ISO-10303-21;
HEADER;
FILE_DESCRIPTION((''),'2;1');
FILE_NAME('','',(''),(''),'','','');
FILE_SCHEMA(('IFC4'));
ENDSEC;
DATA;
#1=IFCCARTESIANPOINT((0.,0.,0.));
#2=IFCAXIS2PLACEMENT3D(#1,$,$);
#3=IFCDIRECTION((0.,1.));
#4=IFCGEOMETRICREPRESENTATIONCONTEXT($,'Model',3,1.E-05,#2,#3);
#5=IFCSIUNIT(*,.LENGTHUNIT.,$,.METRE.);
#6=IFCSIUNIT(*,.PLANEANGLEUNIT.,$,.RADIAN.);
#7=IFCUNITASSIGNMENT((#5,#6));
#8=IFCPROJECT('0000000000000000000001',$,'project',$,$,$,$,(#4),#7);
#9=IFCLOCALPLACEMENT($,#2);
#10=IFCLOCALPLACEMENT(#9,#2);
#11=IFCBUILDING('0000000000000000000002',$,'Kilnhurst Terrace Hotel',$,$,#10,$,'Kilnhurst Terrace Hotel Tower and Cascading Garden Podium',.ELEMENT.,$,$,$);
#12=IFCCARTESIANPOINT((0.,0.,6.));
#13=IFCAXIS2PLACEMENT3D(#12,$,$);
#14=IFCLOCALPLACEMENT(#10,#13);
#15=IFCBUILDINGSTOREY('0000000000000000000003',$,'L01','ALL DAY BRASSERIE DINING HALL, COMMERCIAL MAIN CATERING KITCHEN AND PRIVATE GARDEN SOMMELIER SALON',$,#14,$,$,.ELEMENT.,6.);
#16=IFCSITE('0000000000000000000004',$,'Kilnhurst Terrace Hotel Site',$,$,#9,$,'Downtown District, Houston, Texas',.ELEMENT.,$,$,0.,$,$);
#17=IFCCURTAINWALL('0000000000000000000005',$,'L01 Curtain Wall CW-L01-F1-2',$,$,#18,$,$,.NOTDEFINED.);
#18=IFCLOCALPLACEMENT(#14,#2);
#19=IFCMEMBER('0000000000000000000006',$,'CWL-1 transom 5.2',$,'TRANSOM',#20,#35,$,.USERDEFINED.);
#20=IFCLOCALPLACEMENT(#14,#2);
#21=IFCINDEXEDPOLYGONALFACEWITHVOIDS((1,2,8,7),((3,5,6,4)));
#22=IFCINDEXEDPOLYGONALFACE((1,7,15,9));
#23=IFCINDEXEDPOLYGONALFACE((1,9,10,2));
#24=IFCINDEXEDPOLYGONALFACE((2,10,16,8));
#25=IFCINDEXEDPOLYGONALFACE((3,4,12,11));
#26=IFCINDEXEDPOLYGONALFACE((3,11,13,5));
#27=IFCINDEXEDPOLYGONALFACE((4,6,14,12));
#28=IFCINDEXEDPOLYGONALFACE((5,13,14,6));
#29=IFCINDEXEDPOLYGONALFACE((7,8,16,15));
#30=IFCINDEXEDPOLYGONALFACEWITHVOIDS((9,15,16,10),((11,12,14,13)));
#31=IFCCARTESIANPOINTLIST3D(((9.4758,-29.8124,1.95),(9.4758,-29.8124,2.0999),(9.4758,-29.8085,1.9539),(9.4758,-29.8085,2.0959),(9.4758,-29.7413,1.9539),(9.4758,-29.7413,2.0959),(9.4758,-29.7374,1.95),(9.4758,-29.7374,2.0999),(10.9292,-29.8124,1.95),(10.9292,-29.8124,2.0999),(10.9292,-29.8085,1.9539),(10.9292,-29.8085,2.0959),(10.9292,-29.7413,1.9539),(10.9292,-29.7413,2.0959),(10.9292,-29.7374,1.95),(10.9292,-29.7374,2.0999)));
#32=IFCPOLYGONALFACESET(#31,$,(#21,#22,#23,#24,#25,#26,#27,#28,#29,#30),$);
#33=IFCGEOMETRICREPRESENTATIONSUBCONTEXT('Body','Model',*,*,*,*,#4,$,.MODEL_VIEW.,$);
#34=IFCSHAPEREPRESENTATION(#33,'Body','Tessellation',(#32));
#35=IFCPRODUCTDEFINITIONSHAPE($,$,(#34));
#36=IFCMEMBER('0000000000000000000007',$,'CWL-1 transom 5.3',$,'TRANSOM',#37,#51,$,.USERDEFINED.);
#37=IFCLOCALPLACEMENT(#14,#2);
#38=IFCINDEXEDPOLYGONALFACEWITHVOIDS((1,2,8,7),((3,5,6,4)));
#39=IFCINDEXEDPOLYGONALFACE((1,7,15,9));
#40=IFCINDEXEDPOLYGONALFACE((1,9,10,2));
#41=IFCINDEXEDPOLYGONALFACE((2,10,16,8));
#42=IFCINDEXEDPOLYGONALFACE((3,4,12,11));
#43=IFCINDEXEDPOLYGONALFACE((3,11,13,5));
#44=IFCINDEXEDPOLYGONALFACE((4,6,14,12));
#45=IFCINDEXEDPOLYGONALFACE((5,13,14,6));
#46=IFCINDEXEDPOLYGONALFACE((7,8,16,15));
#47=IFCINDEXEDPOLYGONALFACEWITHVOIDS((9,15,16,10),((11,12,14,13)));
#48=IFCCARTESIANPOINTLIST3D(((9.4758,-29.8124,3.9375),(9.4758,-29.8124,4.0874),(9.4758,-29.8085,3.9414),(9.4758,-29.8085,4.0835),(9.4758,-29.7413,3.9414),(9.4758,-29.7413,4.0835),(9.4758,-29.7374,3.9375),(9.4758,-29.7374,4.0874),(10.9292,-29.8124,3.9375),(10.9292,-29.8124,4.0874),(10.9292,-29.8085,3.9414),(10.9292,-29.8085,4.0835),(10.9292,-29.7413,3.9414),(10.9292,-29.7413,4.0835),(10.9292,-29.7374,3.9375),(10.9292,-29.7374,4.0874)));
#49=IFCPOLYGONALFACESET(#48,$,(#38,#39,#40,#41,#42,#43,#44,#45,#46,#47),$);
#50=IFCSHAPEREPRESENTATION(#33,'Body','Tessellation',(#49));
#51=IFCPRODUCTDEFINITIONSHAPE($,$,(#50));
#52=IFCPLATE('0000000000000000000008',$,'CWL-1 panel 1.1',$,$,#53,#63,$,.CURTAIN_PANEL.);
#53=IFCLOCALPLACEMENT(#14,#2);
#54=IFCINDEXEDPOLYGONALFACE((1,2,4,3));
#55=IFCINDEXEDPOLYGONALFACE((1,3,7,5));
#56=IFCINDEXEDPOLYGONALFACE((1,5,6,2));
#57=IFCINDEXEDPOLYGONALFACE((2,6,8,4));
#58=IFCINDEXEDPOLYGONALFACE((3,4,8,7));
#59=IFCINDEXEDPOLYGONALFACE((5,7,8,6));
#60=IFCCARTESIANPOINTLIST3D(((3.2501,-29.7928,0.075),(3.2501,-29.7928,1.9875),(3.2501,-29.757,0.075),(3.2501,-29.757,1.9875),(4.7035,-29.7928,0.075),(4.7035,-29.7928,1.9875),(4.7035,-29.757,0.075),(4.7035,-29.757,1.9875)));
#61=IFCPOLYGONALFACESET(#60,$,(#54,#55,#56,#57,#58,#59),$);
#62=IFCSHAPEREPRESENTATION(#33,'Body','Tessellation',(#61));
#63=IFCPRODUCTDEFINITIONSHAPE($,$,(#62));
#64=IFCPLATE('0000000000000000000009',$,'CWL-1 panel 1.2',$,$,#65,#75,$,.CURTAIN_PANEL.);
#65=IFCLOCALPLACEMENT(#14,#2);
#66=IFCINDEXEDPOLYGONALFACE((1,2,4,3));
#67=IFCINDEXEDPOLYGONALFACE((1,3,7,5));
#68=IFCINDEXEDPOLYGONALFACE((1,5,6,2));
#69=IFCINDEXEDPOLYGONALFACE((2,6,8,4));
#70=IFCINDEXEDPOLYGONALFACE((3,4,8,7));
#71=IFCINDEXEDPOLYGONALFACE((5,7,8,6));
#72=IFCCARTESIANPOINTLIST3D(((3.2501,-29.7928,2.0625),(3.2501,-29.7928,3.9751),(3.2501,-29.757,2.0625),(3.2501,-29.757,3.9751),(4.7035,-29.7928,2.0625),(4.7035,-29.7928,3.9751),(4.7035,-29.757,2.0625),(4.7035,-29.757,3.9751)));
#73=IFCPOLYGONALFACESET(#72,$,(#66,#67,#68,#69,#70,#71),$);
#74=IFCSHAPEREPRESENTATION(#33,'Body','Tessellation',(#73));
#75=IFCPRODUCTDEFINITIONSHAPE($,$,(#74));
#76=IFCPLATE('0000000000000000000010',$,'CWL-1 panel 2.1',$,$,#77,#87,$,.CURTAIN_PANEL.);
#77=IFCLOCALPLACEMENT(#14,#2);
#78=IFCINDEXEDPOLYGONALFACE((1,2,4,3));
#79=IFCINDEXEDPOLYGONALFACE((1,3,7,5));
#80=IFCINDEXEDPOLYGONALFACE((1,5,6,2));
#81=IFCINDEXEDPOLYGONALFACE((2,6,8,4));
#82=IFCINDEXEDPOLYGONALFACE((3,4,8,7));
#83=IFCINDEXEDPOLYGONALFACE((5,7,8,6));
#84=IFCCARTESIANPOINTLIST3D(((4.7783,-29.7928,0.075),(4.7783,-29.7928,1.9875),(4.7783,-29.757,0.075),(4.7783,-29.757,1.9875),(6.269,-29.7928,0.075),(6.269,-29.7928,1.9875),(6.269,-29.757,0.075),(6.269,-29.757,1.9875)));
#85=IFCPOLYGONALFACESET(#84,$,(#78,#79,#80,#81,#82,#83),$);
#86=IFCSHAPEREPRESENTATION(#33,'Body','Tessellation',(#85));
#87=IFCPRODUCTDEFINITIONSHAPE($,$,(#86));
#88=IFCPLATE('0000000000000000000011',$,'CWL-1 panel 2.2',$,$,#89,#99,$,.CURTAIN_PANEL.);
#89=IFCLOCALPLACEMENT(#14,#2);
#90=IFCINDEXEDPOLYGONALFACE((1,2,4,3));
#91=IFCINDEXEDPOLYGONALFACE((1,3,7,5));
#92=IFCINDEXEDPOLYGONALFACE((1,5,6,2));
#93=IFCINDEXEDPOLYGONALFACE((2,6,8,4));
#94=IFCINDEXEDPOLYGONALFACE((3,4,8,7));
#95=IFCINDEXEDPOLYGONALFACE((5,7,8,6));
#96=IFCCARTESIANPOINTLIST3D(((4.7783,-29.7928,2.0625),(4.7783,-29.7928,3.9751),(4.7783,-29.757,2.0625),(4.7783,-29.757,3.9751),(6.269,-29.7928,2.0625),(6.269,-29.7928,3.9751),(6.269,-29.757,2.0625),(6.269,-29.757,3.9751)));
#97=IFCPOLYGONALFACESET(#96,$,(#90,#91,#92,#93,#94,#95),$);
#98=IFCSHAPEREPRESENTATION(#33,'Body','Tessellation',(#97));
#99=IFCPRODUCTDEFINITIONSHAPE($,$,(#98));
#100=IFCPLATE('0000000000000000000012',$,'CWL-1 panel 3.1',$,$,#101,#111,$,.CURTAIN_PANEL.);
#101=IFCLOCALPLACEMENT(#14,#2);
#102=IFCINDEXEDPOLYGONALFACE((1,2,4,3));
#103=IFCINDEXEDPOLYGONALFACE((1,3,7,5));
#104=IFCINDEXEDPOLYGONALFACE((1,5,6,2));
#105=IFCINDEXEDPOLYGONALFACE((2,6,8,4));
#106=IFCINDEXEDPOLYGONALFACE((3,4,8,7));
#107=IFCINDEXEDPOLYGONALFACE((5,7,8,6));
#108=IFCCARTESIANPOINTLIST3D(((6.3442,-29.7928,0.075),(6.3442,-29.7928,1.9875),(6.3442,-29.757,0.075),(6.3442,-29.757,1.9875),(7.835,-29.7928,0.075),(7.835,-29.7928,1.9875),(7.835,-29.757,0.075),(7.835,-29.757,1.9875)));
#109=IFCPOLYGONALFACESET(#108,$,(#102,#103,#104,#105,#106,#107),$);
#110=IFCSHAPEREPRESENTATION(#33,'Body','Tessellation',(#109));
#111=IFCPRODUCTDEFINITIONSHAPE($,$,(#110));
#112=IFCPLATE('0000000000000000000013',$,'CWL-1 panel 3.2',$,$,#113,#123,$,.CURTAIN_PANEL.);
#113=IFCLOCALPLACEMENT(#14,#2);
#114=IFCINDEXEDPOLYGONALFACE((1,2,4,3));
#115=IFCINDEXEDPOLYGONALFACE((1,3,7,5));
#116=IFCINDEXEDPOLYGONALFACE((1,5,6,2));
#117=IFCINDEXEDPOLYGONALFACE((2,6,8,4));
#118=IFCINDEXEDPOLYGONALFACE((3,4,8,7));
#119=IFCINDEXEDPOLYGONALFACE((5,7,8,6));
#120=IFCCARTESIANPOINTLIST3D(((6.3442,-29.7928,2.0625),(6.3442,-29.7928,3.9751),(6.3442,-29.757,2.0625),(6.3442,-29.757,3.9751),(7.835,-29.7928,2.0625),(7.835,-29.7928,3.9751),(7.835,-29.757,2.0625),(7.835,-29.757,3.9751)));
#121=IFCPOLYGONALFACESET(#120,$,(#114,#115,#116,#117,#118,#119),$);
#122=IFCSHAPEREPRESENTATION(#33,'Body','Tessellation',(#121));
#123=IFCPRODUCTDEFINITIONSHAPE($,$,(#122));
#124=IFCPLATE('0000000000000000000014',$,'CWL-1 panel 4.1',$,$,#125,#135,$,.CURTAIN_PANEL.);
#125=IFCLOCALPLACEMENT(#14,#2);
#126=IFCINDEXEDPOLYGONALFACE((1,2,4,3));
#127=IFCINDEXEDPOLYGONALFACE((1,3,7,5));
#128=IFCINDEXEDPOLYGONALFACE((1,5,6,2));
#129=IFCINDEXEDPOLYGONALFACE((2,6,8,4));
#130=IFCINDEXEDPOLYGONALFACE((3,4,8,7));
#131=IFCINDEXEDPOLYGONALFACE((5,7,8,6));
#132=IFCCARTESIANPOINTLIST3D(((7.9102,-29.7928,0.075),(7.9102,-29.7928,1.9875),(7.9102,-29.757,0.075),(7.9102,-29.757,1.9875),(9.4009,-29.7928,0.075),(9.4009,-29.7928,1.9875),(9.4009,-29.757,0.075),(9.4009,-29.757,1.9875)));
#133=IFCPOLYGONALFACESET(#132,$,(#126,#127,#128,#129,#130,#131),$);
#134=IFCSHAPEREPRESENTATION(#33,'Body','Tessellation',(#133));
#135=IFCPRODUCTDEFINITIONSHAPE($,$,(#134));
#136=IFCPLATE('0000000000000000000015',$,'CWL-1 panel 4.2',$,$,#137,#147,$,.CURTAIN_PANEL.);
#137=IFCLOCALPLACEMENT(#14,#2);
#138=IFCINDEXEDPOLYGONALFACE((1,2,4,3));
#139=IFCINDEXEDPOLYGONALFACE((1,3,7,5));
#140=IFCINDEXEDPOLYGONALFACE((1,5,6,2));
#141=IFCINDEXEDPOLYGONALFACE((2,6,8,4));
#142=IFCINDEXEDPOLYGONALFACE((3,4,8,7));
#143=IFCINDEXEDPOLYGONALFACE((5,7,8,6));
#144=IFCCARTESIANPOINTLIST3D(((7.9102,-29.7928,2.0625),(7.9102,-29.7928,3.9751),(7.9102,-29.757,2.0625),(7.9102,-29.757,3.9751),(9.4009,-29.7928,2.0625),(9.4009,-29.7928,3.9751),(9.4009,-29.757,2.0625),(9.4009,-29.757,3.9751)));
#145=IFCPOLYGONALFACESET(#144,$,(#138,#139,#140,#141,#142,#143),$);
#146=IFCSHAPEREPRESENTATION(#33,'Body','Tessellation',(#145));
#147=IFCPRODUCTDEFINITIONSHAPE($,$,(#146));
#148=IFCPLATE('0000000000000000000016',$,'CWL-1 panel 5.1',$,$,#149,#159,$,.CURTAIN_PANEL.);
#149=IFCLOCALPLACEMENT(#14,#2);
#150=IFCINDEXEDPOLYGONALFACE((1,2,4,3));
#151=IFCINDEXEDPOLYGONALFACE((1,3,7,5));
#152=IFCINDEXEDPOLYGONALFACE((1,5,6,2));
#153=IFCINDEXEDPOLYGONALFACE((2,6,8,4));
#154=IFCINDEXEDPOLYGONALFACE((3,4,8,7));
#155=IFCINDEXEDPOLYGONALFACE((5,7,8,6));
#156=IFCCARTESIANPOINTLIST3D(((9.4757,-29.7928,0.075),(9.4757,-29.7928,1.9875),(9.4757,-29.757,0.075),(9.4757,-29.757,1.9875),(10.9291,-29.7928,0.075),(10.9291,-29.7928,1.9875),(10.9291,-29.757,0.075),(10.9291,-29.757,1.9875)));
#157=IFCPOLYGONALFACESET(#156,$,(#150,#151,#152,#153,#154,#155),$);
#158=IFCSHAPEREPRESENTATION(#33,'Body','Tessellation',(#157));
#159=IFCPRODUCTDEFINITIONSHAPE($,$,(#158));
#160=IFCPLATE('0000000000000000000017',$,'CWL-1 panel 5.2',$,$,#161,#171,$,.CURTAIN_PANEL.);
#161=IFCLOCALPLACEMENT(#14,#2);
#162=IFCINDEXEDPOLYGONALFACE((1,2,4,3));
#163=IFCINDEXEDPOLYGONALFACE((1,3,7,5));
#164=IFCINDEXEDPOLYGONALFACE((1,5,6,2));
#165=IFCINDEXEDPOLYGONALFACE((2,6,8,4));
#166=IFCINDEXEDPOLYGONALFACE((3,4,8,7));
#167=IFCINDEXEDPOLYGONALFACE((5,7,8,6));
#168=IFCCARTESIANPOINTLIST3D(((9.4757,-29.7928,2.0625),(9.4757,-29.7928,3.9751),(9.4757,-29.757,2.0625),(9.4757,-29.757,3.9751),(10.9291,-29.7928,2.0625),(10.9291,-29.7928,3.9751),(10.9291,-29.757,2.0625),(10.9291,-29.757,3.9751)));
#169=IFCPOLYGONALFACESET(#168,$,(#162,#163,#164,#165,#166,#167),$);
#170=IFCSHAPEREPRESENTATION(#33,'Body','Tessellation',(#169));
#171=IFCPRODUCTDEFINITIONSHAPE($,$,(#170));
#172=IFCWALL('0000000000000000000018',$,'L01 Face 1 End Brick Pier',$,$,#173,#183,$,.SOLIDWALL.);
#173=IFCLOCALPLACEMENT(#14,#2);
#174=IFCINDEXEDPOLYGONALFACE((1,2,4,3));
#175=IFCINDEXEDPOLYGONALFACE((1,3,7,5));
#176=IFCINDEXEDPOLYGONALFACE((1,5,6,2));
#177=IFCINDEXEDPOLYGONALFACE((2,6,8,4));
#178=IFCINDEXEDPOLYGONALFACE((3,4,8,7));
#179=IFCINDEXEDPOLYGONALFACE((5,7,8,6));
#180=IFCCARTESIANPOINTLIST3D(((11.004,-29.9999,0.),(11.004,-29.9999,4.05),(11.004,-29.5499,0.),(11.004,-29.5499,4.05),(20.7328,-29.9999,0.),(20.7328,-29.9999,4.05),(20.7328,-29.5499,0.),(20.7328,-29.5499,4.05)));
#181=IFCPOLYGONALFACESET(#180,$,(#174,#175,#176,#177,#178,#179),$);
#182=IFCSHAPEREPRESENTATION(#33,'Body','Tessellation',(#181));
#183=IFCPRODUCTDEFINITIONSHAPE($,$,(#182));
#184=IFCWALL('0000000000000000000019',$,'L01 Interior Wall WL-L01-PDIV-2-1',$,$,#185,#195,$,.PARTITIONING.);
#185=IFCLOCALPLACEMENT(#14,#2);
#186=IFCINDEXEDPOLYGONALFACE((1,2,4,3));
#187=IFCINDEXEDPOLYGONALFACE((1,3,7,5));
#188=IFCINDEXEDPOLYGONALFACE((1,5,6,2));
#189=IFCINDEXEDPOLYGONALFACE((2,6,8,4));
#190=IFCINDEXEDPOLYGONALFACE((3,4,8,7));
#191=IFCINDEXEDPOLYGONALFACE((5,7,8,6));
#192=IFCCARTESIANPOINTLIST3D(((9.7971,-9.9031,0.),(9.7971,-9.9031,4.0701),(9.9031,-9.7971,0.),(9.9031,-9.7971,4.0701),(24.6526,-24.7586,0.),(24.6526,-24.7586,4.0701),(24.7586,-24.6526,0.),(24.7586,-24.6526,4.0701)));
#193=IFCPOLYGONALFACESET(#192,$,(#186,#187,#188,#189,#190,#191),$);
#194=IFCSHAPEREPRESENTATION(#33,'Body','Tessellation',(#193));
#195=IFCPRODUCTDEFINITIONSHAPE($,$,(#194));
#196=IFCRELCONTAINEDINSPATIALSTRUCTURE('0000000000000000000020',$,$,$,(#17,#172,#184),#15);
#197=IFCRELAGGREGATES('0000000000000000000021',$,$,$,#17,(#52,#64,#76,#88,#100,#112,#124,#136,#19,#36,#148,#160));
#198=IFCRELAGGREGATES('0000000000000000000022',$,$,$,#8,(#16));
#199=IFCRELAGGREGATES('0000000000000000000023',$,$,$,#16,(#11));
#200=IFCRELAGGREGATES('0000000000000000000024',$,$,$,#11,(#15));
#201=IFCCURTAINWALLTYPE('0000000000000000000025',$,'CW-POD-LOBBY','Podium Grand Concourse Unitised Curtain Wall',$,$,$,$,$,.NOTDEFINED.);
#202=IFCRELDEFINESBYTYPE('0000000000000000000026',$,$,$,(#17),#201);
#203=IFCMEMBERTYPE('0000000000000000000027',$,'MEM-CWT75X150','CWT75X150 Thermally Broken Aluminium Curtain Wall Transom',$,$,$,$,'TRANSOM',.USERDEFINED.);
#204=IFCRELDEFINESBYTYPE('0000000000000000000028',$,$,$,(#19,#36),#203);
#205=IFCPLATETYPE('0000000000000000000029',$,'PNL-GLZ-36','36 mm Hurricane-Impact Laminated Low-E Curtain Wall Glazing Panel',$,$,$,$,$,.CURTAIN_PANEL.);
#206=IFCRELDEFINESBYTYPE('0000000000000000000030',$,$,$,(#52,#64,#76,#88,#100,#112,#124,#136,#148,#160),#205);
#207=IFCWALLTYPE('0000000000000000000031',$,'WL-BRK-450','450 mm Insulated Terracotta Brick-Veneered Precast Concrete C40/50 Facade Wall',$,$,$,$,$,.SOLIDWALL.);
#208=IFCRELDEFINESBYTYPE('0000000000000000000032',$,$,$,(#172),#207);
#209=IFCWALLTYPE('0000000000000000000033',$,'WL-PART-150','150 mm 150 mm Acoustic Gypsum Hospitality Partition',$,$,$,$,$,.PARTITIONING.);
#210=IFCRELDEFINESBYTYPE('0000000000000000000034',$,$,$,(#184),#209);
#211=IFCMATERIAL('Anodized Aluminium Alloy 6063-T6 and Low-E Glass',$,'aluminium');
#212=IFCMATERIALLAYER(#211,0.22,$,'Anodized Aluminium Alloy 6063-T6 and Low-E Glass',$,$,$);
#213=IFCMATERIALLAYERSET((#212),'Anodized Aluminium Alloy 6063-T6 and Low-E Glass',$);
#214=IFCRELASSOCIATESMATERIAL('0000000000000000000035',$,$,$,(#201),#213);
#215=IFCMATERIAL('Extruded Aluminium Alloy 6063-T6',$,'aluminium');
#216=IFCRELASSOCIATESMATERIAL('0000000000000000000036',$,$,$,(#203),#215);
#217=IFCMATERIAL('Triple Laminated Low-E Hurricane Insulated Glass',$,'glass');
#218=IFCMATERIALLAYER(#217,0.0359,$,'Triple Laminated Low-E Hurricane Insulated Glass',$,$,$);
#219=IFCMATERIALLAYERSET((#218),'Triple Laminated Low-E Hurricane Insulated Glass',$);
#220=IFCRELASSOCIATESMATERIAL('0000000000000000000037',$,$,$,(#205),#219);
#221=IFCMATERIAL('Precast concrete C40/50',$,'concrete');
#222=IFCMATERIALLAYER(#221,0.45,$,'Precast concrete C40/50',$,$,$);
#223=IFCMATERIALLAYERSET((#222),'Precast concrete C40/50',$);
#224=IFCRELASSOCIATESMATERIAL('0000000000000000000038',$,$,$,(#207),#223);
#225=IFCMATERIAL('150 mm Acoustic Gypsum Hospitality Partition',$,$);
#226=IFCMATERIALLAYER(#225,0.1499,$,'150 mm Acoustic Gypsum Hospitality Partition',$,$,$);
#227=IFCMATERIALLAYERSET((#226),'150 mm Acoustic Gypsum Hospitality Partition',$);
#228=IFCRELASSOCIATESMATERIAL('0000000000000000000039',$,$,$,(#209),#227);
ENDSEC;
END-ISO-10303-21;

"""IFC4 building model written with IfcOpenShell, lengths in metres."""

from ifc_helpers import new_model, si_unit, direction, frame, frame_2d, origin, origin_2d, place, context, subcontext, project, spatial, rectangle, hollow_rectangle, extrude, material, layer, layer_set, material_profile, profile_set, type_object, element, aggregate, save


model = new_model("IFC4")

# Units and contexts
model_context = context("Model", 3, precision=1e-05, world=origin(), true_north=direction((0.0, 1.0)))
body_context = subcontext(model_context, "Body", "Model", "MODEL_VIEW")
ifc_project = project(units=[si_unit("LENGTHUNIT", "METRE"), si_unit("PLANEANGLEUNIT", "RADIAN")], contexts=[model_context])

# Site, building, storey
site_placement = place(None, origin())
site = spatial("IfcSite", under=ifc_project, at=site_placement, Name="Kilnhurst Terrace Hotel Site", LongName="Downtown District, Houston, Texas", CompositionType="ELEMENT", RefElevation=0.0)
building_placement = place(site_placement, origin())
building = spatial("IfcBuilding", under=site, at=building_placement, Name="Kilnhurst Terrace Hotel", LongName="Kilnhurst Terrace Hotel Tower and Cascading Garden Podium", CompositionType="ELEMENT")
storey_placement = place(building_placement, frame((0.0, 0.0, 6.0)))
storey = spatial("IfcBuildingStorey", under=building, at=storey_placement, Name="L01", Description="ALL DAY BRASSERIE DINING HALL, COMMERCIAL MAIN CATERING KITCHEN AND PRIVATE GARDEN SOMMELIER SALON", CompositionType="ELEMENT", Elevation=6.0)

# Curtain wall, members, plates
ifc_material_1 = material(Name="Anodized Aluminium Alloy 6063-T6 and Low-E Glass", Category="aluminium")
ifc_layer_1 = layer(ifc_material_1, 0.22, Name="Anodized Aluminium Alloy 6063-T6 and Low-E Glass")
ifc_layer_set_1 = layer_set([ifc_layer_1], Name="Anodized Aluminium Alloy 6063-T6 and Low-E Glass")
curtain_wall_type = type_object("IfcCurtainWallType", Name="CW-POD-LOBBY", Description="Podium Grand Concourse Unitised Curtain Wall", PredefinedType="NOTDEFINED", material=ifc_layer_set_1)
curtain_wall_placement = place(storey_placement, origin())
curtain_wall = element("IfcCurtainWall", 1, at=curtain_wall_placement, inside=storey, type_object=curtain_wall_type, Name="L01 Curtain Wall CW-L01-F1-2", PredefinedType="NOTDEFINED")
ifc_material_2 = material(Name="Extruded Aluminium Alloy 6063-T6", Category="aluminium")
ifc_material_profile_1 = material_profile(ifc_material_2, hollow_rectangle(XDim=0.075, YDim=0.1499, WallThickness=0.0039, at=origin_2d()), Name="CWT75X150")
ifc_profile_set_1 = profile_set([ifc_material_profile_1], Name="Extruded Aluminium Alloy 6063-T6")
member_type_1 = type_object("IfcMemberType", Name="MEM-CWT75X150", Description="CWT75X150 Thermally Broken Aluminium Curtain Wall Transom", ElementType="TRANSOM", PredefinedType="USERDEFINED", material=ifc_profile_set_1)
member_1_placement = place(storey_placement, frame((9.4758, -29.7749, 2.0249), z_axis=(1.0, 0.0, 0.0), x_axis=(0.0, 1.0, 0.0)))
member_1 = element("IfcMember", 2, at=member_1_placement, type_object=member_type_1, Name="CWL-1 transom 5.2", ObjectType="TRANSOM", PredefinedType="USERDEFINED", context=body_context, shape_type="SweptSolid", body=[
    extrude(hollow_rectangle(XDim=0.075, YDim=0.1499, WallThickness=0.0039, at=origin_2d()), origin(), (0.0, 0.0, 1.0), 1.4534),
])
member_2_placement = place(storey_placement, frame((9.4758, -29.7749, 4.0125), z_axis=(1.0, 0.0, 0.0), x_axis=(0.0, 1.0, 0.0)))
member_2 = element("IfcMember", 3, at=member_2_placement, type_object=member_type_1, Name="CWL-1 transom 5.3", ObjectType="TRANSOM", PredefinedType="USERDEFINED", context=body_context, shape_type="SweptSolid", body=[
    extrude(hollow_rectangle(XDim=0.075, YDim=0.1499, WallThickness=0.0039, at=origin_2d()), origin(), (0.0, 0.0, 1.0), 1.4534),
])
ifc_material_3 = material(Name="Triple Laminated Low-E Hurricane Insulated Glass", Category="glass")
ifc_layer_2 = layer(ifc_material_3, 0.0359, Name="Triple Laminated Low-E Hurricane Insulated Glass")
ifc_layer_set_2 = layer_set([ifc_layer_2], Name="Triple Laminated Low-E Hurricane Insulated Glass")
plate_type = type_object("IfcPlateType", Name="PNL-GLZ-36", Description="36 mm Hurricane-Impact Laminated Low-E Curtain Wall Glazing Panel", PredefinedType="CURTAIN_PANEL", material=ifc_layer_set_2)
plate_1_placement = place(storey_placement, frame((3.9768, -29.7749, 0.075), z_axis=(0.0, 0.0, 1.0), x_axis=(1.0, 0.0, 0.0)))
plate_1 = element("IfcPlate", 4, at=plate_1_placement, type_object=plate_type, Name="CWL-1 panel 1.1", PredefinedType="CURTAIN_PANEL", context=body_context, shape_type="SweptSolid", body=[
    extrude(rectangle(XDim=1.4534, YDim=0.0359, at=origin_2d()), origin(), (0.0, 0.0, 1.0), 1.9126),
])
plate_2_placement = place(storey_placement, frame((3.9768, -29.7749, 2.0625), z_axis=(0.0, 0.0, 1.0), x_axis=(1.0, 0.0, 0.0)))
plate_2 = element("IfcPlate", 5, at=plate_2_placement, type_object=plate_type, Name="CWL-1 panel 1.2", PredefinedType="CURTAIN_PANEL", context=body_context, shape_type="SweptSolid", body=[
    extrude(rectangle(XDim=1.4534, YDim=0.0359, at=origin_2d()), origin(), (0.0, 0.0, 1.0), 1.9126),
])
plate_3_placement = place(storey_placement, frame((5.5237, -29.7749, 0.075), z_axis=(0.0, 0.0, 1.0), x_axis=(1.0, 0.0, 0.0)))
plate_3 = element("IfcPlate", 6, at=plate_3_placement, type_object=plate_type, Name="CWL-1 panel 2.1", PredefinedType="CURTAIN_PANEL", context=body_context, shape_type="SweptSolid", body=[
    extrude(rectangle(XDim=1.4907, YDim=0.0359, at=origin_2d()), origin(), (0.0, 0.0, 1.0), 1.9126),
])
plate_4_placement = place(storey_placement, frame((5.5237, -29.7749, 2.0625), z_axis=(0.0, 0.0, 1.0), x_axis=(1.0, 0.0, 0.0)))
plate_4 = element("IfcPlate", 7, at=plate_4_placement, type_object=plate_type, Name="CWL-1 panel 2.2", PredefinedType="CURTAIN_PANEL", context=body_context, shape_type="SweptSolid", body=[
    extrude(rectangle(XDim=1.4907, YDim=0.0359, at=origin_2d()), origin(), (0.0, 0.0, 1.0), 1.9126),
])
plate_5_placement = place(storey_placement, frame((7.0896, -29.7749, 0.075), z_axis=(0.0, 0.0, 1.0), x_axis=(1.0, 0.0, 0.0)))
plate_5 = element("IfcPlate", 8, at=plate_5_placement, type_object=plate_type, Name="CWL-1 panel 3.1", PredefinedType="CURTAIN_PANEL", context=body_context, shape_type="SweptSolid", body=[
    extrude(rectangle(XDim=1.4907, YDim=0.0359, at=origin_2d()), origin(), (0.0, 0.0, 1.0), 1.9126),
])
plate_6_placement = place(storey_placement, frame((7.0896, -29.7749, 2.0625), z_axis=(0.0, 0.0, 1.0), x_axis=(1.0, 0.0, 0.0)))
plate_6 = element("IfcPlate", 9, at=plate_6_placement, type_object=plate_type, Name="CWL-1 panel 3.2", PredefinedType="CURTAIN_PANEL", context=body_context, shape_type="SweptSolid", body=[
    extrude(rectangle(XDim=1.4907, YDim=0.0359, at=origin_2d()), origin(), (0.0, 0.0, 1.0), 1.9126),
])
plate_7_placement = place(storey_placement, frame((8.6555, -29.7749, 0.075), z_axis=(0.0, 0.0, 1.0), x_axis=(1.0, 0.0, 0.0)))
plate_7 = element("IfcPlate", 10, at=plate_7_placement, type_object=plate_type, Name="CWL-1 panel 4.1", PredefinedType="CURTAIN_PANEL", context=body_context, shape_type="SweptSolid", body=[
    extrude(rectangle(XDim=1.4907, YDim=0.0359, at=origin_2d()), origin(), (0.0, 0.0, 1.0), 1.9126),
])
plate_8_placement = place(storey_placement, frame((8.6555, -29.7749, 2.0625), z_axis=(0.0, 0.0, 1.0), x_axis=(1.0, 0.0, 0.0)))
plate_8 = element("IfcPlate", 11, at=plate_8_placement, type_object=plate_type, Name="CWL-1 panel 4.2", PredefinedType="CURTAIN_PANEL", context=body_context, shape_type="SweptSolid", body=[
    extrude(rectangle(XDim=1.4907, YDim=0.0359, at=origin_2d()), origin(), (0.0, 0.0, 1.0), 1.9126),
])
plate_9_placement = place(storey_placement, frame((10.2024, -29.7749, 0.075), z_axis=(0.0, 0.0, 1.0), x_axis=(1.0, 0.0, 0.0)))
plate_9 = element("IfcPlate", 12, at=plate_9_placement, type_object=plate_type, Name="CWL-1 panel 5.1", PredefinedType="CURTAIN_PANEL", context=body_context, shape_type="SweptSolid", body=[
    extrude(rectangle(XDim=1.4534, YDim=0.0359, at=origin_2d()), origin(), (0.0, 0.0, 1.0), 1.9126),
])
plate_10_placement = place(storey_placement, frame((10.2024, -29.7749, 2.0625), z_axis=(0.0, 0.0, 1.0), x_axis=(1.0, 0.0, 0.0)))
plate_10 = element("IfcPlate", 13, at=plate_10_placement, type_object=plate_type, Name="CWL-1 panel 5.2", PredefinedType="CURTAIN_PANEL", context=body_context, shape_type="SweptSolid", body=[
    extrude(rectangle(XDim=1.4534, YDim=0.0359, at=origin_2d()), origin(), (0.0, 0.0, 1.0), 1.9126),
])
aggregate(curtain_wall, [plate_1, plate_2, plate_3, plate_4, plate_5, plate_6, plate_7, plate_8, member_1, member_2, plate_9, plate_10])

# Walls
ifc_material_4 = material(Name="Precast concrete C40/50", Category="concrete")
ifc_layer_3 = layer(ifc_material_4, 0.45, Name="Precast concrete C40/50")
ifc_layer_set_3 = layer_set([ifc_layer_3], Name="Precast concrete C40/50")
wall_type_1 = type_object("IfcWallType", Name="WL-BRK-450", Description="450 mm Insulated Terracotta Brick-Veneered Precast Concrete C40/50 Facade Wall", PredefinedType="SOLIDWALL", material=ifc_layer_set_3)
wall_1_placement = place(storey_placement, frame((11.0042, -29.7749, 0.0), z_axis=(0.0, 0.0, 1.0), x_axis=(1.0, 0.0, 0.0)))
element("IfcWall", 14, at=wall_1_placement, inside=storey, type_object=wall_type_1, Name="L01 Face 1 End Brick Pier", PredefinedType="SOLIDWALL", context=body_context, shape_type="SweptSolid", body=[
    extrude(rectangle(XDim=9.7288, YDim=0.45, at=frame_2d((4.8643, 0.0))), origin(), (0.0, 0.0, 1.0), 4.05),
])
ifc_material_5 = material(Name="150 mm Acoustic Gypsum Hospitality Partition")
ifc_layer_4 = layer(ifc_material_5, 0.1499, Name="150 mm Acoustic Gypsum Hospitality Partition")
ifc_layer_set_4 = layer_set([ifc_layer_4], Name="150 mm Acoustic Gypsum Hospitality Partition")
wall_type_2 = type_object("IfcWallType", Name="WL-PART-150", Description="150 mm 150 mm Acoustic Gypsum Hospitality Partition", PredefinedType="PARTITIONING", material=ifc_layer_set_4)
wall_2_placement = place(storey_placement, frame((9.8501, -9.8501, 0.0), z_axis=(0.0, 0.0, 1.0), x_axis=(0.707107, -0.707107, 0.0)))
element("IfcWall", 15, at=wall_2_placement, inside=storey, type_object=wall_type_2, Name="L01 Interior Wall WL-L01-PDIV-2-1", PredefinedType="PARTITIONING", context=body_context, shape_type="SweptSolid", body=[
    extrude(rectangle(XDim=21.0088, YDim=0.1499, at=frame_2d((10.5044, 0.0))), origin(), (0.0, 0.0, 1.0), 4.0701),
])

save(model, "model.ifc")
